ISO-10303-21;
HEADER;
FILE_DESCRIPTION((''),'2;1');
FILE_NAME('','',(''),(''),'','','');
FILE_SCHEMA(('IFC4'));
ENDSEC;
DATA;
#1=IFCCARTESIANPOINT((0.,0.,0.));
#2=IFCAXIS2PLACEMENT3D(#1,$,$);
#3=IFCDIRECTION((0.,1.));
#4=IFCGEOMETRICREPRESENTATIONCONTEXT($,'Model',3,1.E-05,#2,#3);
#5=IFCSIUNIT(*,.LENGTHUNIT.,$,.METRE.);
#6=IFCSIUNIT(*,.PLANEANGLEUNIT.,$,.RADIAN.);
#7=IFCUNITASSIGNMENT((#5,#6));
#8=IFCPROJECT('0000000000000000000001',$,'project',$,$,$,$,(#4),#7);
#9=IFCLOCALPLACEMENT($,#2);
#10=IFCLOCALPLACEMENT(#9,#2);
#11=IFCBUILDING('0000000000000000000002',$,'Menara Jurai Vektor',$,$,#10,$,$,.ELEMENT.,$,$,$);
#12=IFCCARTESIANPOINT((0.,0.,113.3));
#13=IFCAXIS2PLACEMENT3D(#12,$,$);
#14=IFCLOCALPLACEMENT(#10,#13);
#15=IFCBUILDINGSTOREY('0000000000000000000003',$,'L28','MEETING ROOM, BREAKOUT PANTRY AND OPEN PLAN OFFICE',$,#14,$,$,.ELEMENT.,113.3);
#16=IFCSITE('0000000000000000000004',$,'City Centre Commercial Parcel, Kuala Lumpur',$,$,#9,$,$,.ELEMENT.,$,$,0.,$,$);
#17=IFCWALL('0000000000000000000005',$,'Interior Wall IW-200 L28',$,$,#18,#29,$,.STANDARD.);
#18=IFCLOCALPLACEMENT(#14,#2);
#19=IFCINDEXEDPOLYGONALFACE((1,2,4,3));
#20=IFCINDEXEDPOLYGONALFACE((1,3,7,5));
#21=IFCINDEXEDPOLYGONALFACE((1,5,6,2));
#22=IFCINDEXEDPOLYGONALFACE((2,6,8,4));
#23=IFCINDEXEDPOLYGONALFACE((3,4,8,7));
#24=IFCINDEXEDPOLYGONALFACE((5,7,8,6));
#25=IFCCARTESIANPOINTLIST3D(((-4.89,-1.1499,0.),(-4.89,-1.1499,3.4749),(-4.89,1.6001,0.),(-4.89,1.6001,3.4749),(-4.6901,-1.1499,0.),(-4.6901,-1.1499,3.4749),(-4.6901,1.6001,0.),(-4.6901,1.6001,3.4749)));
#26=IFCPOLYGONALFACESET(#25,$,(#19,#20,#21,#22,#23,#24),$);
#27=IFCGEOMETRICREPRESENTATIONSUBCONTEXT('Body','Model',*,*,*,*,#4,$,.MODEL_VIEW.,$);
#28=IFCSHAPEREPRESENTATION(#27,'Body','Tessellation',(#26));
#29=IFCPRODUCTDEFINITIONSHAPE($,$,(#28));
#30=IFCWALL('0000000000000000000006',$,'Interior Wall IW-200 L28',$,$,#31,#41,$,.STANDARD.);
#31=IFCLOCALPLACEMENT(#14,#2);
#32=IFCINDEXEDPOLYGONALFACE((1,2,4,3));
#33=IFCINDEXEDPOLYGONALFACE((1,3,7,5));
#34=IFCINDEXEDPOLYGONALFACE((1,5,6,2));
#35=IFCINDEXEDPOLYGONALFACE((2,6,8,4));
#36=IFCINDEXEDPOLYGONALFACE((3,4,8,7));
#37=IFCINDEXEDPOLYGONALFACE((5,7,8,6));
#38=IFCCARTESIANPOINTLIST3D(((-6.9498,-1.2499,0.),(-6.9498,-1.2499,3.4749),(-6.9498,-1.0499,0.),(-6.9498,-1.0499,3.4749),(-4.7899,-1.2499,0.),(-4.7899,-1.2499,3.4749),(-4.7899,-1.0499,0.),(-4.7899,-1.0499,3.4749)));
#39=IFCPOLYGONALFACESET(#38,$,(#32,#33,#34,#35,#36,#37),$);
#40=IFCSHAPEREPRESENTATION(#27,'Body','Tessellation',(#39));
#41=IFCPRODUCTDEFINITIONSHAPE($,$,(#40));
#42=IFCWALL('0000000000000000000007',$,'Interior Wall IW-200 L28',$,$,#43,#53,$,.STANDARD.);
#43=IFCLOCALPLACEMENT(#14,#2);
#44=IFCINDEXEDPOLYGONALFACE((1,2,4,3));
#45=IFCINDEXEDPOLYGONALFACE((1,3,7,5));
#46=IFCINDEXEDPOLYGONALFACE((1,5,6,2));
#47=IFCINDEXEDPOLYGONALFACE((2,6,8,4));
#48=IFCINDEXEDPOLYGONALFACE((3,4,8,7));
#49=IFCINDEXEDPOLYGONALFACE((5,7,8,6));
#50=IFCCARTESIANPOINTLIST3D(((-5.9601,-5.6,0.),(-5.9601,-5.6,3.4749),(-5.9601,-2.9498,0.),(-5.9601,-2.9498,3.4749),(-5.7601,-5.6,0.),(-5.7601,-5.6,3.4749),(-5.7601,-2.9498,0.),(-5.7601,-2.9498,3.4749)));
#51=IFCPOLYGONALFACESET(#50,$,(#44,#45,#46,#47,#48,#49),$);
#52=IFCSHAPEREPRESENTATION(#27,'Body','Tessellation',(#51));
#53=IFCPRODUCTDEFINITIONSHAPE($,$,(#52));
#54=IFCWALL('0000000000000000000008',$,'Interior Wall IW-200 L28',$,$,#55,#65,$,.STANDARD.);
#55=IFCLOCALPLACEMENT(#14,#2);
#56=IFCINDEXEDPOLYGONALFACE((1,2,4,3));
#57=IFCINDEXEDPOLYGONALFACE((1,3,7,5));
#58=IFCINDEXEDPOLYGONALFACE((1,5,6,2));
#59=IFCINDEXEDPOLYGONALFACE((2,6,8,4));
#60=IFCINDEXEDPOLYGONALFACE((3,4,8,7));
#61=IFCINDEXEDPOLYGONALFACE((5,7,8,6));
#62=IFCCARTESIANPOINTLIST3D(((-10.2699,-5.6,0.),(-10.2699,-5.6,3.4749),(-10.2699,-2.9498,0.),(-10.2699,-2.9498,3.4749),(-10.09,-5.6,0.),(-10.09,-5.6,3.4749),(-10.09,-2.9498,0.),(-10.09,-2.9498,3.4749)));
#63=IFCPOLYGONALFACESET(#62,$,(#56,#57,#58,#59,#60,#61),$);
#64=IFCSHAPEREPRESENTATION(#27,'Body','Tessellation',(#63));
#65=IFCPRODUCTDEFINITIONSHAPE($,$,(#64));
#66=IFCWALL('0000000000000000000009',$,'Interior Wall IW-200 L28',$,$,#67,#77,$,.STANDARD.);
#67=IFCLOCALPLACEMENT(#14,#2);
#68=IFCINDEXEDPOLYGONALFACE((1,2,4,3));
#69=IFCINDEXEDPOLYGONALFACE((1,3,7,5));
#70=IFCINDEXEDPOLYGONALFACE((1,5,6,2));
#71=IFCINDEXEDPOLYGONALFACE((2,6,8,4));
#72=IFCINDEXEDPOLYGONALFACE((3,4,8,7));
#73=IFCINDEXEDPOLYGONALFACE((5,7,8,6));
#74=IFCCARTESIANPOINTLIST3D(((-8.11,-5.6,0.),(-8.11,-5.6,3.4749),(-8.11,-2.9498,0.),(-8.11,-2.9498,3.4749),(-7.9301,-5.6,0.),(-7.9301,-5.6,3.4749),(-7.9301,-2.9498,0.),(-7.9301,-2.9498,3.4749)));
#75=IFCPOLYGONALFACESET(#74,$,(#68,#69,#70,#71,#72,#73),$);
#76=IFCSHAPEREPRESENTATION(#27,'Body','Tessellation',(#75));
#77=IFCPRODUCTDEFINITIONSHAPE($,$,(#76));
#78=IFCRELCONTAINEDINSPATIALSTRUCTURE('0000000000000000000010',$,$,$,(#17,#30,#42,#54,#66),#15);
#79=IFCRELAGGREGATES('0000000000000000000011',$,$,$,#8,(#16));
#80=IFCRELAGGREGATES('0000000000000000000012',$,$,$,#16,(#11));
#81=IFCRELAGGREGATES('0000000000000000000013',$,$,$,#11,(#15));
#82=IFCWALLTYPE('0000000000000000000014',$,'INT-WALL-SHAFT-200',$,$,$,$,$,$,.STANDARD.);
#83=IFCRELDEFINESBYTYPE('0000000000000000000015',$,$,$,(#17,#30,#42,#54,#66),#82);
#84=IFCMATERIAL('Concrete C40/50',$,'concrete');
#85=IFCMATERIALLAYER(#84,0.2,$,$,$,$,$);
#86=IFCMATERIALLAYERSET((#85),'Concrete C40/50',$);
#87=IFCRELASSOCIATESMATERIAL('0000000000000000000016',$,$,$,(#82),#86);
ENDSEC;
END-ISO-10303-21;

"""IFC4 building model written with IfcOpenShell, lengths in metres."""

from ifc_helpers import new_model, si_unit, direction, frame, frame_2d, origin, place, context, subcontext, project, spatial, rectangle, extrude, material, layer, layer_set, type_object, element, save


model = new_model("IFC4")

# Units and contexts
model_context = context("Model", 3, precision=1e-05, world=origin(), true_north=direction((0.0, 1.0)))
body_context = subcontext(model_context, "Body", "Model", "MODEL_VIEW")
ifc_project = project(units=[si_unit("LENGTHUNIT", "METRE"), si_unit("PLANEANGLEUNIT", "RADIAN")], contexts=[model_context])

# Site, building, storey
site_placement = place(None, origin())
site = spatial("IfcSite", under=ifc_project, at=site_placement, Name="City Centre Commercial Parcel, Kuala Lumpur", CompositionType="ELEMENT", RefElevation=0.0)
building_placement = place(site_placement, origin())
building = spatial("IfcBuilding", under=site, at=building_placement, Name="Menara Jurai Vektor", CompositionType="ELEMENT")
storey_placement = place(building_placement, frame((0.0, 0.0, 113.3)))
storey = spatial("IfcBuildingStorey", under=building, at=storey_placement, Name="L28", Description="MEETING ROOM, BREAKOUT PANTRY AND OPEN PLAN OFFICE", CompositionType="ELEMENT", Elevation=113.3)

# Shared definitions
ifc_material_1 = material(Name="Concrete C40/50", Category="concrete")

# Shared definitions
ifc_layer_1 = layer(ifc_material_1, 0.2)
ifc_layer_set_1 = layer_set([ifc_layer_1], Name="Concrete C40/50")
wall_type_1 = type_object("IfcWallType", Name="INT-WALL-SHAFT-200", PredefinedType="STANDARD", material=ifc_layer_set_1)

# Walls
wall_1_placement = place(storey_placement, frame((-4.79, -1.1499, 0.0), z_axis=(0.0, 0.0, 1.0), x_axis=(0.0, 1.0, 0.0)))
element("IfcWall", 1, at=wall_1_placement, inside=storey, type_object=wall_type_1, Name="Interior Wall IW-200 L28", PredefinedType="STANDARD", context=body_context, shape_type="SweptSolid", body=[
    extrude(rectangle(XDim=2.75, YDim=0.2, at=frame_2d((1.375, 0.0))), origin(), (0.0, 0.0, 1.0), 3.4749),
])
wall_2_placement = place(storey_placement, frame((-6.95, -1.1499, 0.0), z_axis=(0.0, 0.0, 1.0), x_axis=(1.0, 0.0, 0.0)))
element("IfcWall", 2, at=wall_2_placement, inside=storey, type_object=wall_type_1, Name="Interior Wall IW-200 L28", PredefinedType="STANDARD", context=body_context, shape_type="SweptSolid", body=[
    extrude(rectangle(XDim=2.1599, YDim=0.2, at=frame_2d((1.0801, 0.0))), origin(), (0.0, 0.0, 1.0), 3.4749),
])
wall_3_placement = place(storey_placement, frame((-5.8601, -5.6001, 0.0), z_axis=(0.0, 0.0, 1.0), x_axis=(0.0, 1.0, 0.0)))
element("IfcWall", 3, at=wall_3_placement, inside=storey, type_object=wall_type_1, Name="Interior Wall IW-200 L28", PredefinedType="STANDARD", context=body_context, shape_type="SweptSolid", body=[
    extrude(rectangle(XDim=2.6501, YDim=0.2, at=frame_2d((1.3252, 0.0))), origin(), (0.0, 0.0, 1.0), 3.4749),
])
for number, where, z_axis, x_axis, name in (
    (4, (-10.1799, -5.6001, 0.0), (0.0, 0.0, 1.0), (0.0, 1.0, 0.0), "Interior Wall IW-200 L28"),
    (5, (-8.02, -5.6001, 0.0), (0.0, 0.0, 1.0), (0.0, 1.0, 0.0), "Interior Wall IW-200 L28"),
):
    element("IfcWall", number, at=place(storey_placement, frame(where, z_axis=z_axis, x_axis=x_axis)), inside=storey, type_object=wall_type_1, Name=name, PredefinedType="STANDARD", context=body_context, shape_type="SweptSolid", body=[
        extrude(rectangle(XDim=2.6501, YDim=0.1799, at=frame_2d((1.3252, 0.0))), origin(), (0.0, 0.0, 1.0), 3.4749),
    ])

save(model, "model.ifc")
